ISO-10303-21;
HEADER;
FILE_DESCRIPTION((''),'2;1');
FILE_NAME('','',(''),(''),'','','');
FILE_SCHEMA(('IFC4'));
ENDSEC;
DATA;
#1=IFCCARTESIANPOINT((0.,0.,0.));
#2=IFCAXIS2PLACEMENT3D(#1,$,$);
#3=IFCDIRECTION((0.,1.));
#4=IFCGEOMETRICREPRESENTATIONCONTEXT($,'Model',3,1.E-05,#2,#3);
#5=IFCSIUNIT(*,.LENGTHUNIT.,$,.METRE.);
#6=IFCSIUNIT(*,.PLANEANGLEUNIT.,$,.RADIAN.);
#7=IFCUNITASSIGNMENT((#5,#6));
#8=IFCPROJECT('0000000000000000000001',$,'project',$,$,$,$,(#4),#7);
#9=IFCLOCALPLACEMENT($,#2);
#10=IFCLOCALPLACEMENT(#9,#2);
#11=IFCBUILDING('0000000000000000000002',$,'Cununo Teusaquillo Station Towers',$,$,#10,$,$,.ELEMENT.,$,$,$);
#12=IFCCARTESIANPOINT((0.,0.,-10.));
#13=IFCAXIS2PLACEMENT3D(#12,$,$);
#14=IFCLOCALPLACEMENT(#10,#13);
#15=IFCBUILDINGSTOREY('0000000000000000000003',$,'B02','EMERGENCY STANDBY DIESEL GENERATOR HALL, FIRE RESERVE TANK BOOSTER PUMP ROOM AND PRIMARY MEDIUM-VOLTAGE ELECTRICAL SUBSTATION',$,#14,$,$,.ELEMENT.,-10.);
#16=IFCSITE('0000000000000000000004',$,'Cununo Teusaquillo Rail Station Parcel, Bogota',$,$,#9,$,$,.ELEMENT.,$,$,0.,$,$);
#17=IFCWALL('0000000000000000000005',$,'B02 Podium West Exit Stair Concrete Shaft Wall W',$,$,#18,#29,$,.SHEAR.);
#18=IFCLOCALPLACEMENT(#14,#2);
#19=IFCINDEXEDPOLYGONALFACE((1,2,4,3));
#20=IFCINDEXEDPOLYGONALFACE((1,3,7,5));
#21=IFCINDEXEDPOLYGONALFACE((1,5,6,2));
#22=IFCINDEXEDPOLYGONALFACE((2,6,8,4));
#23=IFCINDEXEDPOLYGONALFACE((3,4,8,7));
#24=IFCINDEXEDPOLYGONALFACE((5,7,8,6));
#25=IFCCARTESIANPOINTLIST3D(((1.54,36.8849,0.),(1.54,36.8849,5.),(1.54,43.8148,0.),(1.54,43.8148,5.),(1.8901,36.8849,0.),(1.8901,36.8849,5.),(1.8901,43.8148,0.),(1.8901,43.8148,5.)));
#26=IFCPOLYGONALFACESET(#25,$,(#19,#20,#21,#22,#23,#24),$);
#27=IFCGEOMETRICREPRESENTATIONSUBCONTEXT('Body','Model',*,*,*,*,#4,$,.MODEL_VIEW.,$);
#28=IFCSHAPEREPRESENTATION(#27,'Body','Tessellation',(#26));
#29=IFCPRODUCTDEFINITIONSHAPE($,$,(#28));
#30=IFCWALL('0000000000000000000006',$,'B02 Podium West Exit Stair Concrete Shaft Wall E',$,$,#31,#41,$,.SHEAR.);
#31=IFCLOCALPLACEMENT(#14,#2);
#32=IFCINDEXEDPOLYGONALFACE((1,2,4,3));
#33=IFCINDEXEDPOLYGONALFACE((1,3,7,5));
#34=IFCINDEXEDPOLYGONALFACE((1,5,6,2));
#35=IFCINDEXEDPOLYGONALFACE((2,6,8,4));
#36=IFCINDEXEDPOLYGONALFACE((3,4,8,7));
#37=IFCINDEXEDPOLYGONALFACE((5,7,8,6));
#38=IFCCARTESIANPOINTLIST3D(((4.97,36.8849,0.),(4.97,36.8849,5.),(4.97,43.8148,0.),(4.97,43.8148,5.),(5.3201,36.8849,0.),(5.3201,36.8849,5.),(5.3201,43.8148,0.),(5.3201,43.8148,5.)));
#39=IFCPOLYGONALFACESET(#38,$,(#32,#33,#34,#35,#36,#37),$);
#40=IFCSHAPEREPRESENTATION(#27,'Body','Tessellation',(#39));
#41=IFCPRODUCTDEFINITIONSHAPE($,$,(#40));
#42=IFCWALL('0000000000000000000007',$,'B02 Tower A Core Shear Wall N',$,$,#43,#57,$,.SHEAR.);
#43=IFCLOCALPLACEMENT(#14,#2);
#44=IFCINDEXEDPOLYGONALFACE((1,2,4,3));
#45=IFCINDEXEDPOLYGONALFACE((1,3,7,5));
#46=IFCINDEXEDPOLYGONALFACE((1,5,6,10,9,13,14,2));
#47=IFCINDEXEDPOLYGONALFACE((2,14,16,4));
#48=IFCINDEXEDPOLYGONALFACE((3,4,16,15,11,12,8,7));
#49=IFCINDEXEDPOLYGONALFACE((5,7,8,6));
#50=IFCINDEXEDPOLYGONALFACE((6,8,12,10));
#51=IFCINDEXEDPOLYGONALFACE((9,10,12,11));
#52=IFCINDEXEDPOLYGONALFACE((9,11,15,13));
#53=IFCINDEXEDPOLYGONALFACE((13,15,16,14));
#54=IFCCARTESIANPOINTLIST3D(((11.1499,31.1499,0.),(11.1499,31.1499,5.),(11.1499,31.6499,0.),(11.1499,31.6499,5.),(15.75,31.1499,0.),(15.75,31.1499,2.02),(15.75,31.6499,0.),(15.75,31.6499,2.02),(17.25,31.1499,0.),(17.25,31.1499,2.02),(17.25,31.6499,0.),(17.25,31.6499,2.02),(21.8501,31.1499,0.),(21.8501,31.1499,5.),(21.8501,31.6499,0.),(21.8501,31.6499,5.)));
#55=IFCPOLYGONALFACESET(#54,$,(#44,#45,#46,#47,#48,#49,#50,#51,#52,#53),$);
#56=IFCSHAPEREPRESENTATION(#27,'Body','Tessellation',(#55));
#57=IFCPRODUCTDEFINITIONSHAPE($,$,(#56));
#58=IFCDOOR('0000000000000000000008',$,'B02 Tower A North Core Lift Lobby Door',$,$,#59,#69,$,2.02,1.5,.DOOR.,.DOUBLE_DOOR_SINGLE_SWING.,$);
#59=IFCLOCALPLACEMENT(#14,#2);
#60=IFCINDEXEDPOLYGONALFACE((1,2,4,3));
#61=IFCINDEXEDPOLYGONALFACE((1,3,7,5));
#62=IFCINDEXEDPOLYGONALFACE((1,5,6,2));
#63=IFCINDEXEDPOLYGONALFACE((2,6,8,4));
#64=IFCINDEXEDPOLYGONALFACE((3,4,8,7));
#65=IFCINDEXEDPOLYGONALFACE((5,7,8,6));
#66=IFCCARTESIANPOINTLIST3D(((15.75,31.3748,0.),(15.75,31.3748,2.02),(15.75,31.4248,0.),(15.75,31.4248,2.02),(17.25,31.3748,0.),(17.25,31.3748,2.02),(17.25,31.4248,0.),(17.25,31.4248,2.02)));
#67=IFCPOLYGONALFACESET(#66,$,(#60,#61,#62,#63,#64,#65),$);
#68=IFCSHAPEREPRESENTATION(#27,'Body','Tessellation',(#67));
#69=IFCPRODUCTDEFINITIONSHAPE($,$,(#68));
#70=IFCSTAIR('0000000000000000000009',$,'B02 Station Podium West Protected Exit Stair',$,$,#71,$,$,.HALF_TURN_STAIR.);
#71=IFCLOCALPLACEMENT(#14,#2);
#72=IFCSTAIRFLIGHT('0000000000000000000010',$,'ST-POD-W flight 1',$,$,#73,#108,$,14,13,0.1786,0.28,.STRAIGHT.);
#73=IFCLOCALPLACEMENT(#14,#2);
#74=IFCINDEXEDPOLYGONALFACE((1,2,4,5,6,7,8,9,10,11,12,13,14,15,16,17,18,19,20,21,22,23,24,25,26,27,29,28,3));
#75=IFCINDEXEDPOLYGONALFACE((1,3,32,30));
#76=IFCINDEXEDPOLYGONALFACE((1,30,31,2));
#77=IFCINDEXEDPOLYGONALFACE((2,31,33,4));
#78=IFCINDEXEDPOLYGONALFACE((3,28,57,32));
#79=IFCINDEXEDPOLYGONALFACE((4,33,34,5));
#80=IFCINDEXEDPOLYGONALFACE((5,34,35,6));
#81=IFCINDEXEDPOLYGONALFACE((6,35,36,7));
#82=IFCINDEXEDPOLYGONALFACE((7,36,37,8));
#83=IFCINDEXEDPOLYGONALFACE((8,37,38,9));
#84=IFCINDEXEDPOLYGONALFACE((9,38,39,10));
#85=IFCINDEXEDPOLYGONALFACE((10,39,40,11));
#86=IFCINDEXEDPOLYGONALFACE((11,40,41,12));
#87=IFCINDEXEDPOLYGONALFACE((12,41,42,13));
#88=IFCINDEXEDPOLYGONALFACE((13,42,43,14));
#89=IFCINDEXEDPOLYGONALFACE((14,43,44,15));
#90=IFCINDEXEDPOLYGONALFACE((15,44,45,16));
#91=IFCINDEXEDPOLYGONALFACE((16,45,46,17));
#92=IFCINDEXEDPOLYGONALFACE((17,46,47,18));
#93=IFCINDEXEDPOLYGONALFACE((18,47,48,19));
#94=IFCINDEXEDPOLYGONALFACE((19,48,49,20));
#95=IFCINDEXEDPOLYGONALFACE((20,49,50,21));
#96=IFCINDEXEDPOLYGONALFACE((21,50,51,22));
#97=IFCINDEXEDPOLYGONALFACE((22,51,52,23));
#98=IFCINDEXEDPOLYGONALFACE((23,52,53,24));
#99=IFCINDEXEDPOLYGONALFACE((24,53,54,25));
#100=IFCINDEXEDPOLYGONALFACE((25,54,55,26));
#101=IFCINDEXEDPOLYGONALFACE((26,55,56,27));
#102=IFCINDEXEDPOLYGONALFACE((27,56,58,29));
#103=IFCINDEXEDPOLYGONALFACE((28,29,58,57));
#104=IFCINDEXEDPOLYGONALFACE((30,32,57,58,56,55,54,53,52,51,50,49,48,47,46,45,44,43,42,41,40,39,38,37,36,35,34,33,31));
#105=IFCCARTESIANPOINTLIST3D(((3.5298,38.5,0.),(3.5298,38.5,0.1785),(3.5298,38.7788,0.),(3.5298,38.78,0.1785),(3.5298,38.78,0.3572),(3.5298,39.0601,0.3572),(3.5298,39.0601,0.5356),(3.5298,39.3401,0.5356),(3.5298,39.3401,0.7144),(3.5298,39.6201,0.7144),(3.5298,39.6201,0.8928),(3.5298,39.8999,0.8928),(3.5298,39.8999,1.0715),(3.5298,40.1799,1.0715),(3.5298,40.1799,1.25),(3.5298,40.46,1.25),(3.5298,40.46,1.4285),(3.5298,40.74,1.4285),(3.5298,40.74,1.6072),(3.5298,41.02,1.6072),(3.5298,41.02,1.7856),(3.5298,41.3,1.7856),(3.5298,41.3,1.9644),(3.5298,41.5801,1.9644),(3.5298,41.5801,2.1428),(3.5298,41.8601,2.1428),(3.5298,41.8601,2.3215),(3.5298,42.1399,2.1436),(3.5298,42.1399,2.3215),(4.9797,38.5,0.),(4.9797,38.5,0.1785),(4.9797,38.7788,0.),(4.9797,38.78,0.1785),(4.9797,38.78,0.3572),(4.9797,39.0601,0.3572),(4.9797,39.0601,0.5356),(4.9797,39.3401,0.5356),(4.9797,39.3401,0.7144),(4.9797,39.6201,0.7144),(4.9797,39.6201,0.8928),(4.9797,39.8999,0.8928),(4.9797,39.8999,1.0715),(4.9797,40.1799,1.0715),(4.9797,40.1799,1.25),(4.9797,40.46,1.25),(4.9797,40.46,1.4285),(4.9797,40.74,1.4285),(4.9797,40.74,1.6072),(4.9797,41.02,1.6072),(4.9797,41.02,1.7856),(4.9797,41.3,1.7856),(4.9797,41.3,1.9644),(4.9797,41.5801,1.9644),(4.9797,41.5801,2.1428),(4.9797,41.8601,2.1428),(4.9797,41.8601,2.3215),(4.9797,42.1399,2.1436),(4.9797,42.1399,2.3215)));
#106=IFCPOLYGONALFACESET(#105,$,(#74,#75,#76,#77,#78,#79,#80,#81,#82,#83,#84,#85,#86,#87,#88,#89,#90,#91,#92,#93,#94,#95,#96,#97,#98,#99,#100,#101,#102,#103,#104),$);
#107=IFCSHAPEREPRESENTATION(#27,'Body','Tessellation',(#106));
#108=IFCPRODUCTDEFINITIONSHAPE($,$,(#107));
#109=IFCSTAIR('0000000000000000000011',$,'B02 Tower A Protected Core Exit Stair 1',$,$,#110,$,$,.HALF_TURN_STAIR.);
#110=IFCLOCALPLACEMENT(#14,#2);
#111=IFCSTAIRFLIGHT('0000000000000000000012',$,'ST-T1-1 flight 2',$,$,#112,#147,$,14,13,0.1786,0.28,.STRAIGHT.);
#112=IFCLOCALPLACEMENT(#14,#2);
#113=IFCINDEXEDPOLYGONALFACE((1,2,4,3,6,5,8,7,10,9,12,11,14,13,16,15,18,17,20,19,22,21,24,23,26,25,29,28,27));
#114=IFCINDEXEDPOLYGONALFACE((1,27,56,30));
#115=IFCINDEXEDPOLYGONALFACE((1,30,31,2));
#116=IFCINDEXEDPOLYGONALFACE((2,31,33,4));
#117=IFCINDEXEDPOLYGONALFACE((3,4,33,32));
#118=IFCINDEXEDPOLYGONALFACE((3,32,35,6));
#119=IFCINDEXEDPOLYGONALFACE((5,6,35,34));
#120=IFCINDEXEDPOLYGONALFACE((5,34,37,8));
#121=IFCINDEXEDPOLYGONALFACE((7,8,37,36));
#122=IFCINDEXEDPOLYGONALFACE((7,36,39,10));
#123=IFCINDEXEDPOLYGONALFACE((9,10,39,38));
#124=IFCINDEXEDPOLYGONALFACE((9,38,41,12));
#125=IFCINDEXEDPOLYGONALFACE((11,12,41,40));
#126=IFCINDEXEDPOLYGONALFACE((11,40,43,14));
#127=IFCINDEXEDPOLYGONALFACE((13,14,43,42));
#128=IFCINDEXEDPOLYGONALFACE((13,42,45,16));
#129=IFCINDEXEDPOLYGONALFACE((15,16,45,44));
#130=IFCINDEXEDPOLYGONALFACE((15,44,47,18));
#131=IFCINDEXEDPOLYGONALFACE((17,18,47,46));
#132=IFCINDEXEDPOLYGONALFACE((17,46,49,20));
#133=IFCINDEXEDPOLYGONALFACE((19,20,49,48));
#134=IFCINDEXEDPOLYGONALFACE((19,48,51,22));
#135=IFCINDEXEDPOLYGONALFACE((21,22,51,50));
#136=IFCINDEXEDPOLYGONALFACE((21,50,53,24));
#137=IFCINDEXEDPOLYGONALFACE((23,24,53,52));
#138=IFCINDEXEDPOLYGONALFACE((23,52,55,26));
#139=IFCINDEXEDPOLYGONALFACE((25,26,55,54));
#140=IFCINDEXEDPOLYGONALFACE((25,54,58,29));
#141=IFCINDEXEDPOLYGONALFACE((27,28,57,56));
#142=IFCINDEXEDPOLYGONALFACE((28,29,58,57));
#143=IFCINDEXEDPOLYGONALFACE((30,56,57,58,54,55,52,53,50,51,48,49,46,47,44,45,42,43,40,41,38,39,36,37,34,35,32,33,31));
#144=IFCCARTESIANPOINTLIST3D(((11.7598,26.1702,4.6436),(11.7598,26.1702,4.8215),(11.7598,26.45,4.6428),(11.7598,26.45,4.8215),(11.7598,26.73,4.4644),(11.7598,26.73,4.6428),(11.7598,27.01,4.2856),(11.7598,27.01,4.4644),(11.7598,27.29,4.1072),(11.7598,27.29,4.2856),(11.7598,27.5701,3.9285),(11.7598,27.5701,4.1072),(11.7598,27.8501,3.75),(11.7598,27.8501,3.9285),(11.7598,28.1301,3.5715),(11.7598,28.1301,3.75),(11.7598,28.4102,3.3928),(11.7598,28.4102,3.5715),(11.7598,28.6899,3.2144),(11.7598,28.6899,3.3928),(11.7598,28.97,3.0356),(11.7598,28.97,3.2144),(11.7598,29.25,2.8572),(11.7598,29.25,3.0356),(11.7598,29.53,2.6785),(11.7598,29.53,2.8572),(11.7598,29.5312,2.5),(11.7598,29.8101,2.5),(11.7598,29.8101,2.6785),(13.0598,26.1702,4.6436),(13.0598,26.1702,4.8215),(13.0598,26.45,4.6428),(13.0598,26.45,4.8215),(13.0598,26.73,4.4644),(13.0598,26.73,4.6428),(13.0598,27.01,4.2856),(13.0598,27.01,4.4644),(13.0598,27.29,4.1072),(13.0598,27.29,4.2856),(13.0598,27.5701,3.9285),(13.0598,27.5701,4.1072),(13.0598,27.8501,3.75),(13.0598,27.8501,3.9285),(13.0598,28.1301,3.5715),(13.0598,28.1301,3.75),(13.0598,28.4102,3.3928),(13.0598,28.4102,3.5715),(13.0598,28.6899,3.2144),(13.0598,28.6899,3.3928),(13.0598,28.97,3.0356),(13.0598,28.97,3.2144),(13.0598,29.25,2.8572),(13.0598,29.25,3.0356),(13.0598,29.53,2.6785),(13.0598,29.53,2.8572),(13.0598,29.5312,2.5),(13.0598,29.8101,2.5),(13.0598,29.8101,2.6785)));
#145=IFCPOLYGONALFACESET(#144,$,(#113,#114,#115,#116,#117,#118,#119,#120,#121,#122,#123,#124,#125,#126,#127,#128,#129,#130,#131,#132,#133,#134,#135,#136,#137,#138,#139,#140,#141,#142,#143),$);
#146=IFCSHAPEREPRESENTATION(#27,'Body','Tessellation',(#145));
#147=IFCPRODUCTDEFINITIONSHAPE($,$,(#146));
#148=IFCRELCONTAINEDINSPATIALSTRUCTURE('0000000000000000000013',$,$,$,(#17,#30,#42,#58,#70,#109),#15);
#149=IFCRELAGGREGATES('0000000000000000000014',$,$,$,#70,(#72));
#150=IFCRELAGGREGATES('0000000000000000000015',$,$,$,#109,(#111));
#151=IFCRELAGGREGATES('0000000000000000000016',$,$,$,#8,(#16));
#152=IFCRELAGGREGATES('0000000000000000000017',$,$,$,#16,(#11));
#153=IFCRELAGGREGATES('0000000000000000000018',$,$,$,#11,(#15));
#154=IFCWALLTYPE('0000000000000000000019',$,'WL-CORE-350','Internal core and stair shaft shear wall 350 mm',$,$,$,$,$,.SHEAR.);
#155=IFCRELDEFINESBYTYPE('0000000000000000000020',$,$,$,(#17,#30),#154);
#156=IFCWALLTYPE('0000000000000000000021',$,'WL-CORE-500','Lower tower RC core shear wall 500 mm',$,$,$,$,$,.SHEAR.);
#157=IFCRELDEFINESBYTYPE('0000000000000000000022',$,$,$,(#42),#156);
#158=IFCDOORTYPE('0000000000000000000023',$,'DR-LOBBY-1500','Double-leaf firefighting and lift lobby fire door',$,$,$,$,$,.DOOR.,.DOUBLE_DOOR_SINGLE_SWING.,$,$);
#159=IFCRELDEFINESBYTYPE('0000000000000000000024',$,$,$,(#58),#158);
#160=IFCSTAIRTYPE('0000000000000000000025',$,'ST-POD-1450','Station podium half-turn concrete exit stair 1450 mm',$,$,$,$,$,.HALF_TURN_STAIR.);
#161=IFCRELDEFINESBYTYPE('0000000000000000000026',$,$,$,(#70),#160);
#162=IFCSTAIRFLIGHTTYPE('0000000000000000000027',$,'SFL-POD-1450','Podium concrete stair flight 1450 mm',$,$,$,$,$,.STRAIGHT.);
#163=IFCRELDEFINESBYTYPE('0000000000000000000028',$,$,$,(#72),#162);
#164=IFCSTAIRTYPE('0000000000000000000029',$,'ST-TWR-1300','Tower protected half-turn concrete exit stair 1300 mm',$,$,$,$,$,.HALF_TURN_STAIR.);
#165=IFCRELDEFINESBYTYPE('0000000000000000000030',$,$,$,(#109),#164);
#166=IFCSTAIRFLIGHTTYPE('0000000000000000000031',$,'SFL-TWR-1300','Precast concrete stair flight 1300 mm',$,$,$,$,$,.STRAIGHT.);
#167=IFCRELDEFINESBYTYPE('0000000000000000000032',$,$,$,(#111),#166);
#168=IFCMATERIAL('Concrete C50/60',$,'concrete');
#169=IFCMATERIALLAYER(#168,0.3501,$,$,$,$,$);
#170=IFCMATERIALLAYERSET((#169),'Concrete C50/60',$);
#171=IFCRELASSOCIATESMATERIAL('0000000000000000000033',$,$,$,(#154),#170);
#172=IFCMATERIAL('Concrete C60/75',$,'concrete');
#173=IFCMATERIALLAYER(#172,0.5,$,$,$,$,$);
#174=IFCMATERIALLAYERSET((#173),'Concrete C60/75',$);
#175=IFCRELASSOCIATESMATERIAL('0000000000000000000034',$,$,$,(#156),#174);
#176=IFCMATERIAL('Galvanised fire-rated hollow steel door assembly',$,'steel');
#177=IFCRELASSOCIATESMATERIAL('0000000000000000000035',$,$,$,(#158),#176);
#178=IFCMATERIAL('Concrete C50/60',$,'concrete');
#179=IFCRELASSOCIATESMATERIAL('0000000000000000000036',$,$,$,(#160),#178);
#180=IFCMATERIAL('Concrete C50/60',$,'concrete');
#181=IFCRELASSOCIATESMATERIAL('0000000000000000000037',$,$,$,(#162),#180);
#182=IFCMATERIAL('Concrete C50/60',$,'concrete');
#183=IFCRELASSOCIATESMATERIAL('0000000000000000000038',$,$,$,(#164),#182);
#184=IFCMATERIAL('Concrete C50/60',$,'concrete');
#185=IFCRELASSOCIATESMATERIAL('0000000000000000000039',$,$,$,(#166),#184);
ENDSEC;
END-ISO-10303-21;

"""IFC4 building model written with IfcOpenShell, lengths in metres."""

from ifc_helpers import new_model, si_unit, direction, frame, frame_2d, origin, place, context, subcontext, project, spatial, polyline, rectangle, outline, extrude, source, transform, mapped, material, layer, layer_set, type_object, element, fill, aggregate, save


model = new_model("IFC4")

# Units and contexts
model_context = context("Model", 3, precision=1e-05, world=origin(), true_north=direction((0.0, 1.0)))
body_context = subcontext(model_context, "Body", "Model", "MODEL_VIEW")
ifc_project = project(units=[si_unit("LENGTHUNIT", "METRE"), si_unit("PLANEANGLEUNIT", "RADIAN")], contexts=[model_context])

# Site, building, storey
site_placement = place(None, origin())
site = spatial("IfcSite", under=ifc_project, at=site_placement, Name="Cununo Teusaquillo Rail Station Parcel, Bogota", CompositionType="ELEMENT", RefElevation=0.0)
building_placement = place(site_placement, origin())
building = spatial("IfcBuilding", under=site, at=building_placement, Name="Cununo Teusaquillo Station Towers", CompositionType="ELEMENT")
storey_placement = place(building_placement, frame((0.0, 0.0, -10.0)))
storey = spatial("IfcBuildingStorey", under=building, at=storey_placement, Name="B02", Description="EMERGENCY STANDBY DIESEL GENERATOR HALL, FIRE RESERVE TANK BOOSTER PUMP ROOM AND PRIMARY MEDIUM-VOLTAGE ELECTRICAL SUBSTATION", CompositionType="ELEMENT", Elevation=-10.0)

# Shared definitions
ifc_material_1 = material(Name="Concrete C50/60", Category="concrete")
ifc_layer_1 = layer(ifc_material_1, 0.3501)
ifc_layer_set_1 = layer_set([ifc_layer_1], Name="Concrete C50/60")
wall_type_1 = type_object("IfcWallType", Name="WL-CORE-350", Description="Internal core and stair shaft shear wall 350 mm", PredefinedType="SHEAR", material=ifc_layer_set_1)

# Walls
for number, where, z_axis, x_axis, name in (
    (1, (1.7151, 36.885, 0.0), (0.0, 0.0, 1.0), (0.0, 1.0, 0.0), "B02 Podium West Exit Stair Concrete Shaft Wall W"),
    (2, (5.145, 36.885, 0.0), (0.0, 0.0, 1.0), (0.0, 1.0, 0.0), "B02 Podium West Exit Stair Concrete Shaft Wall E"),
):
    element("IfcWall", number, at=place(storey_placement, frame(where, z_axis=z_axis, x_axis=x_axis)), inside=storey, type_object=wall_type_1, Name=name, PredefinedType="SHEAR", context=body_context, shape_type="SweptSolid", body=[
        extrude(rectangle(XDim=6.9299, YDim=0.3501, at=frame_2d((3.4648, 0.0))), origin(), (0.0, 0.0, 1.0), 5.0),
    ])

# Wall, opening, door
ifc_material_2 = material(Name="Concrete C60/75", Category="concrete")
ifc_layer_2 = layer(ifc_material_2, 0.5)
ifc_layer_set_2 = layer_set([ifc_layer_2], Name="Concrete C60/75")
wall_type_2 = type_object("IfcWallType", Name="WL-CORE-500", Description="Lower tower RC core shear wall 500 mm", PredefinedType="SHEAR", material=ifc_layer_set_2)
wall_1_placement = place(storey_placement, frame((11.1499, 31.3999, 0.0), z_axis=(0.0, 0.0, 1.0), x_axis=(1.0, 0.0, 0.0)))
wall_1 = element("IfcWall", 3, at=wall_1_placement, inside=storey, type_object=wall_type_2, Name="B02 Tower A Core Shear Wall N", PredefinedType="SHEAR", context=body_context, shape_type="SweptSolid", body=[
    extrude(rectangle(XDim=10.7002, YDim=0.5, at=frame_2d((5.3501, 0.0))), origin(), (0.0, 0.0, 1.0), 5.0),
])
shared_shape_1 = source(origin(), body_context, "Body", "SweptSolid", [
    extrude(rectangle(XDim=1.5, YDim=2.02, at=frame_2d((0.75, 1.01))), frame((0.0, 0.26, 0.0), z_axis=(0.0, -1.0, 0.0), x_axis=(1.0, 0.0, 0.0)), (0.0, 0.0, 1.0), 0.52),
])
opening_1_placement = place(wall_1_placement, frame((4.6001, 0.0, 0.0)))
opening_1 = element("IfcOpeningElement", 4, at=opening_1_placement, cuts=wall_1, PredefinedType="OPENING", context=body_context, shape_type="MappedRepresentation", body=[
    mapped(shared_shape_1, transform((0.0, 0.0, 0.0), x_axis=(1.0, 0.0, 0.0), y_axis=(0.0, 1.0, 0.0), z_axis=(0.0, 0.0, 1.0), scale=1.0)),
])
ifc_material_3 = material(Name="Galvanised fire-rated hollow steel door assembly", Category="steel")
door_type_1 = type_object("IfcDoorType", Name="DR-LOBBY-1500", Description="Double-leaf firefighting and lift lobby fire door", OperationType="DOUBLE_DOOR_SINGLE_SWING", PredefinedType="DOOR", material=ifc_material_3)
shared_shape_2 = source(origin(), body_context, "Body", "SweptSolid", [
    extrude(rectangle(XDim=1.5, YDim=2.02, at=frame_2d((0.75, 1.01))), frame((0.0, 0.0249, 0.0), z_axis=(0.0, -1.0, 0.0), x_axis=(1.0, 0.0, 0.0)), (0.0, 0.0, 1.0), 0.05),
])
door_1_placement = place(opening_1_placement, origin())
door_1 = element("IfcDoor", 5, at=door_1_placement, inside=storey, type_object=door_type_1, Name="B02 Tower A North Core Lift Lobby Door", OperationType="DOUBLE_DOOR_SINGLE_SWING", OverallHeight=2.02, OverallWidth=1.5, PredefinedType="DOOR", context=body_context, shape_type="MappedRepresentation", body=[
    mapped(shared_shape_2, transform((0.0, 0.0, 0.0), x_axis=(1.0, 0.0, 0.0), y_axis=(0.0, 1.0, 0.0), z_axis=(0.0, 0.0, 1.0), scale=1.0)),
])
fill(opening_1, door_1)

# Stairs, stair flights
ifc_material_4 = material(Name="Concrete C50/60", Category="concrete")
stair_type_1 = type_object("IfcStairType", Name="ST-POD-1450", Description="Station podium half-turn concrete exit stair 1450 mm", PredefinedType="HALF_TURN_STAIR", material=ifc_material_4)
stair_1_placement = place(storey_placement, origin())
stair_1 = element("IfcStair", 6, at=stair_1_placement, inside=storey, type_object=stair_type_1, Name="B02 Station Podium West Protected Exit Stair", PredefinedType="HALF_TURN_STAIR")
ifc_material_5 = material(Name="Concrete C50/60", Category="concrete")
stair_flight_type_1 = type_object("IfcStairFlightType", Name="SFL-POD-1450", Description="Podium concrete stair flight 1450 mm", PredefinedType="STRAIGHT", material=ifc_material_5)
stair_flight_1_placement = place(storey_placement, frame((4.2549, 38.5, 0.0), z_axis=(0.0, 0.0, 1.0), x_axis=(0.0, 1.0, 0.0)))
stair_flight_1 = element("IfcStairFlight", 7, at=stair_flight_1_placement, type_object=stair_flight_type_1, Name="ST-POD-W flight 1", NumberOfRisers=14, NumberOfTreads=13, PredefinedType="STRAIGHT", RiserHeight=0.1786, TreadLength=0.28, context=body_context, shape_type="SweptSolid", body=[
    extrude(outline(polyline([(0.0, 0.0), (0.0, 0.1785), (0.28, 0.1785), (0.28, 0.3572), (0.5601, 0.3572), (0.5601, 0.5356), (0.8401, 0.5356), (0.8401, 0.7144), (1.1201, 0.7144), (1.1201, 0.8928), (1.3999, 0.8928), (1.3999, 1.0715), (1.6799, 1.0715), (1.6799, 1.25), (1.96, 1.25), (1.96, 1.4285), (2.24, 1.4285), (2.24, 1.6072), (2.52, 1.6072), (2.52, 1.7856), (2.8, 1.7856), (2.8, 1.9644), (3.0801, 1.9644), (3.0801, 2.1428), (3.3601, 2.1428), (3.3601, 2.3215), (3.6399, 2.3215), (3.6399, 2.5), (3.6399, 2.1436), (0.2788, 0.0), (0.0, 0.0)])), frame((0.0, 0.7251, 0.0), z_axis=(0.0, -1.0, 0.0), x_axis=(1.0, 0.0, 0.0)), (0.0, 0.0, 1.0), 1.45),
])
aggregate(stair_1, [stair_flight_1])
ifc_material_6 = material(Name="Concrete C50/60", Category="concrete")
stair_type_2 = type_object("IfcStairType", Name="ST-TWR-1300", Description="Tower protected half-turn concrete exit stair 1300 mm", PredefinedType="HALF_TURN_STAIR", material=ifc_material_6)
stair_2_placement = place(storey_placement, origin())
stair_2 = element("IfcStair", 8, at=stair_2_placement, inside=storey, type_object=stair_type_2, Name="B02 Tower A Protected Core Exit Stair 1", PredefinedType="HALF_TURN_STAIR")
ifc_material_7 = material(Name="Concrete C50/60", Category="concrete")
stair_flight_type_2 = type_object("IfcStairFlightType", Name="SFL-TWR-1300", Description="Precast concrete stair flight 1300 mm", PredefinedType="STRAIGHT", material=ifc_material_7)
stair_flight_2_placement = place(storey_placement, frame((12.4099, 29.8101, 2.5), z_axis=(0.0, 0.0, 1.0), x_axis=(0.0, -1.0, 0.0)))
stair_flight_2 = element("IfcStairFlight", 9, at=stair_flight_2_placement, type_object=stair_flight_type_2, Name="ST-T1-1 flight 2", NumberOfRisers=14, NumberOfTreads=13, PredefinedType="STRAIGHT", RiserHeight=0.1786, TreadLength=0.28, context=body_context, shape_type="SweptSolid", body=[
    extrude(outline(polyline([(0.0, 0.0), (0.0, 0.1785), (0.28, 0.1785), (0.28, 0.3572), (0.5601, 0.3572), (0.5601, 0.5356), (0.8401, 0.5356), (0.8401, 0.7144), (1.1201, 0.7144), (1.1201, 0.8928), (1.3999, 0.8928), (1.3999, 1.0715), (1.6799, 1.0715), (1.6799, 1.25), (1.96, 1.25), (1.96, 1.4285), (2.24, 1.4285), (2.24, 1.6072), (2.52, 1.6072), (2.52, 1.7856), (2.8, 1.7856), (2.8, 1.9644), (3.0801, 1.9644), (3.0801, 2.1428), (3.3601, 2.1428), (3.3601, 2.3215), (3.6399, 2.3215), (3.6399, 2.5), (3.6399, 2.1436), (0.2788, 0.0), (0.0, 0.0)])), frame((0.0, 0.6499, 0.0), z_axis=(0.0, -1.0, 0.0), x_axis=(1.0, 0.0, 0.0)), (0.0, 0.0, 1.0), 1.3),
])
aggregate(stair_2, [stair_flight_2])

save(model, "model.ifc")
